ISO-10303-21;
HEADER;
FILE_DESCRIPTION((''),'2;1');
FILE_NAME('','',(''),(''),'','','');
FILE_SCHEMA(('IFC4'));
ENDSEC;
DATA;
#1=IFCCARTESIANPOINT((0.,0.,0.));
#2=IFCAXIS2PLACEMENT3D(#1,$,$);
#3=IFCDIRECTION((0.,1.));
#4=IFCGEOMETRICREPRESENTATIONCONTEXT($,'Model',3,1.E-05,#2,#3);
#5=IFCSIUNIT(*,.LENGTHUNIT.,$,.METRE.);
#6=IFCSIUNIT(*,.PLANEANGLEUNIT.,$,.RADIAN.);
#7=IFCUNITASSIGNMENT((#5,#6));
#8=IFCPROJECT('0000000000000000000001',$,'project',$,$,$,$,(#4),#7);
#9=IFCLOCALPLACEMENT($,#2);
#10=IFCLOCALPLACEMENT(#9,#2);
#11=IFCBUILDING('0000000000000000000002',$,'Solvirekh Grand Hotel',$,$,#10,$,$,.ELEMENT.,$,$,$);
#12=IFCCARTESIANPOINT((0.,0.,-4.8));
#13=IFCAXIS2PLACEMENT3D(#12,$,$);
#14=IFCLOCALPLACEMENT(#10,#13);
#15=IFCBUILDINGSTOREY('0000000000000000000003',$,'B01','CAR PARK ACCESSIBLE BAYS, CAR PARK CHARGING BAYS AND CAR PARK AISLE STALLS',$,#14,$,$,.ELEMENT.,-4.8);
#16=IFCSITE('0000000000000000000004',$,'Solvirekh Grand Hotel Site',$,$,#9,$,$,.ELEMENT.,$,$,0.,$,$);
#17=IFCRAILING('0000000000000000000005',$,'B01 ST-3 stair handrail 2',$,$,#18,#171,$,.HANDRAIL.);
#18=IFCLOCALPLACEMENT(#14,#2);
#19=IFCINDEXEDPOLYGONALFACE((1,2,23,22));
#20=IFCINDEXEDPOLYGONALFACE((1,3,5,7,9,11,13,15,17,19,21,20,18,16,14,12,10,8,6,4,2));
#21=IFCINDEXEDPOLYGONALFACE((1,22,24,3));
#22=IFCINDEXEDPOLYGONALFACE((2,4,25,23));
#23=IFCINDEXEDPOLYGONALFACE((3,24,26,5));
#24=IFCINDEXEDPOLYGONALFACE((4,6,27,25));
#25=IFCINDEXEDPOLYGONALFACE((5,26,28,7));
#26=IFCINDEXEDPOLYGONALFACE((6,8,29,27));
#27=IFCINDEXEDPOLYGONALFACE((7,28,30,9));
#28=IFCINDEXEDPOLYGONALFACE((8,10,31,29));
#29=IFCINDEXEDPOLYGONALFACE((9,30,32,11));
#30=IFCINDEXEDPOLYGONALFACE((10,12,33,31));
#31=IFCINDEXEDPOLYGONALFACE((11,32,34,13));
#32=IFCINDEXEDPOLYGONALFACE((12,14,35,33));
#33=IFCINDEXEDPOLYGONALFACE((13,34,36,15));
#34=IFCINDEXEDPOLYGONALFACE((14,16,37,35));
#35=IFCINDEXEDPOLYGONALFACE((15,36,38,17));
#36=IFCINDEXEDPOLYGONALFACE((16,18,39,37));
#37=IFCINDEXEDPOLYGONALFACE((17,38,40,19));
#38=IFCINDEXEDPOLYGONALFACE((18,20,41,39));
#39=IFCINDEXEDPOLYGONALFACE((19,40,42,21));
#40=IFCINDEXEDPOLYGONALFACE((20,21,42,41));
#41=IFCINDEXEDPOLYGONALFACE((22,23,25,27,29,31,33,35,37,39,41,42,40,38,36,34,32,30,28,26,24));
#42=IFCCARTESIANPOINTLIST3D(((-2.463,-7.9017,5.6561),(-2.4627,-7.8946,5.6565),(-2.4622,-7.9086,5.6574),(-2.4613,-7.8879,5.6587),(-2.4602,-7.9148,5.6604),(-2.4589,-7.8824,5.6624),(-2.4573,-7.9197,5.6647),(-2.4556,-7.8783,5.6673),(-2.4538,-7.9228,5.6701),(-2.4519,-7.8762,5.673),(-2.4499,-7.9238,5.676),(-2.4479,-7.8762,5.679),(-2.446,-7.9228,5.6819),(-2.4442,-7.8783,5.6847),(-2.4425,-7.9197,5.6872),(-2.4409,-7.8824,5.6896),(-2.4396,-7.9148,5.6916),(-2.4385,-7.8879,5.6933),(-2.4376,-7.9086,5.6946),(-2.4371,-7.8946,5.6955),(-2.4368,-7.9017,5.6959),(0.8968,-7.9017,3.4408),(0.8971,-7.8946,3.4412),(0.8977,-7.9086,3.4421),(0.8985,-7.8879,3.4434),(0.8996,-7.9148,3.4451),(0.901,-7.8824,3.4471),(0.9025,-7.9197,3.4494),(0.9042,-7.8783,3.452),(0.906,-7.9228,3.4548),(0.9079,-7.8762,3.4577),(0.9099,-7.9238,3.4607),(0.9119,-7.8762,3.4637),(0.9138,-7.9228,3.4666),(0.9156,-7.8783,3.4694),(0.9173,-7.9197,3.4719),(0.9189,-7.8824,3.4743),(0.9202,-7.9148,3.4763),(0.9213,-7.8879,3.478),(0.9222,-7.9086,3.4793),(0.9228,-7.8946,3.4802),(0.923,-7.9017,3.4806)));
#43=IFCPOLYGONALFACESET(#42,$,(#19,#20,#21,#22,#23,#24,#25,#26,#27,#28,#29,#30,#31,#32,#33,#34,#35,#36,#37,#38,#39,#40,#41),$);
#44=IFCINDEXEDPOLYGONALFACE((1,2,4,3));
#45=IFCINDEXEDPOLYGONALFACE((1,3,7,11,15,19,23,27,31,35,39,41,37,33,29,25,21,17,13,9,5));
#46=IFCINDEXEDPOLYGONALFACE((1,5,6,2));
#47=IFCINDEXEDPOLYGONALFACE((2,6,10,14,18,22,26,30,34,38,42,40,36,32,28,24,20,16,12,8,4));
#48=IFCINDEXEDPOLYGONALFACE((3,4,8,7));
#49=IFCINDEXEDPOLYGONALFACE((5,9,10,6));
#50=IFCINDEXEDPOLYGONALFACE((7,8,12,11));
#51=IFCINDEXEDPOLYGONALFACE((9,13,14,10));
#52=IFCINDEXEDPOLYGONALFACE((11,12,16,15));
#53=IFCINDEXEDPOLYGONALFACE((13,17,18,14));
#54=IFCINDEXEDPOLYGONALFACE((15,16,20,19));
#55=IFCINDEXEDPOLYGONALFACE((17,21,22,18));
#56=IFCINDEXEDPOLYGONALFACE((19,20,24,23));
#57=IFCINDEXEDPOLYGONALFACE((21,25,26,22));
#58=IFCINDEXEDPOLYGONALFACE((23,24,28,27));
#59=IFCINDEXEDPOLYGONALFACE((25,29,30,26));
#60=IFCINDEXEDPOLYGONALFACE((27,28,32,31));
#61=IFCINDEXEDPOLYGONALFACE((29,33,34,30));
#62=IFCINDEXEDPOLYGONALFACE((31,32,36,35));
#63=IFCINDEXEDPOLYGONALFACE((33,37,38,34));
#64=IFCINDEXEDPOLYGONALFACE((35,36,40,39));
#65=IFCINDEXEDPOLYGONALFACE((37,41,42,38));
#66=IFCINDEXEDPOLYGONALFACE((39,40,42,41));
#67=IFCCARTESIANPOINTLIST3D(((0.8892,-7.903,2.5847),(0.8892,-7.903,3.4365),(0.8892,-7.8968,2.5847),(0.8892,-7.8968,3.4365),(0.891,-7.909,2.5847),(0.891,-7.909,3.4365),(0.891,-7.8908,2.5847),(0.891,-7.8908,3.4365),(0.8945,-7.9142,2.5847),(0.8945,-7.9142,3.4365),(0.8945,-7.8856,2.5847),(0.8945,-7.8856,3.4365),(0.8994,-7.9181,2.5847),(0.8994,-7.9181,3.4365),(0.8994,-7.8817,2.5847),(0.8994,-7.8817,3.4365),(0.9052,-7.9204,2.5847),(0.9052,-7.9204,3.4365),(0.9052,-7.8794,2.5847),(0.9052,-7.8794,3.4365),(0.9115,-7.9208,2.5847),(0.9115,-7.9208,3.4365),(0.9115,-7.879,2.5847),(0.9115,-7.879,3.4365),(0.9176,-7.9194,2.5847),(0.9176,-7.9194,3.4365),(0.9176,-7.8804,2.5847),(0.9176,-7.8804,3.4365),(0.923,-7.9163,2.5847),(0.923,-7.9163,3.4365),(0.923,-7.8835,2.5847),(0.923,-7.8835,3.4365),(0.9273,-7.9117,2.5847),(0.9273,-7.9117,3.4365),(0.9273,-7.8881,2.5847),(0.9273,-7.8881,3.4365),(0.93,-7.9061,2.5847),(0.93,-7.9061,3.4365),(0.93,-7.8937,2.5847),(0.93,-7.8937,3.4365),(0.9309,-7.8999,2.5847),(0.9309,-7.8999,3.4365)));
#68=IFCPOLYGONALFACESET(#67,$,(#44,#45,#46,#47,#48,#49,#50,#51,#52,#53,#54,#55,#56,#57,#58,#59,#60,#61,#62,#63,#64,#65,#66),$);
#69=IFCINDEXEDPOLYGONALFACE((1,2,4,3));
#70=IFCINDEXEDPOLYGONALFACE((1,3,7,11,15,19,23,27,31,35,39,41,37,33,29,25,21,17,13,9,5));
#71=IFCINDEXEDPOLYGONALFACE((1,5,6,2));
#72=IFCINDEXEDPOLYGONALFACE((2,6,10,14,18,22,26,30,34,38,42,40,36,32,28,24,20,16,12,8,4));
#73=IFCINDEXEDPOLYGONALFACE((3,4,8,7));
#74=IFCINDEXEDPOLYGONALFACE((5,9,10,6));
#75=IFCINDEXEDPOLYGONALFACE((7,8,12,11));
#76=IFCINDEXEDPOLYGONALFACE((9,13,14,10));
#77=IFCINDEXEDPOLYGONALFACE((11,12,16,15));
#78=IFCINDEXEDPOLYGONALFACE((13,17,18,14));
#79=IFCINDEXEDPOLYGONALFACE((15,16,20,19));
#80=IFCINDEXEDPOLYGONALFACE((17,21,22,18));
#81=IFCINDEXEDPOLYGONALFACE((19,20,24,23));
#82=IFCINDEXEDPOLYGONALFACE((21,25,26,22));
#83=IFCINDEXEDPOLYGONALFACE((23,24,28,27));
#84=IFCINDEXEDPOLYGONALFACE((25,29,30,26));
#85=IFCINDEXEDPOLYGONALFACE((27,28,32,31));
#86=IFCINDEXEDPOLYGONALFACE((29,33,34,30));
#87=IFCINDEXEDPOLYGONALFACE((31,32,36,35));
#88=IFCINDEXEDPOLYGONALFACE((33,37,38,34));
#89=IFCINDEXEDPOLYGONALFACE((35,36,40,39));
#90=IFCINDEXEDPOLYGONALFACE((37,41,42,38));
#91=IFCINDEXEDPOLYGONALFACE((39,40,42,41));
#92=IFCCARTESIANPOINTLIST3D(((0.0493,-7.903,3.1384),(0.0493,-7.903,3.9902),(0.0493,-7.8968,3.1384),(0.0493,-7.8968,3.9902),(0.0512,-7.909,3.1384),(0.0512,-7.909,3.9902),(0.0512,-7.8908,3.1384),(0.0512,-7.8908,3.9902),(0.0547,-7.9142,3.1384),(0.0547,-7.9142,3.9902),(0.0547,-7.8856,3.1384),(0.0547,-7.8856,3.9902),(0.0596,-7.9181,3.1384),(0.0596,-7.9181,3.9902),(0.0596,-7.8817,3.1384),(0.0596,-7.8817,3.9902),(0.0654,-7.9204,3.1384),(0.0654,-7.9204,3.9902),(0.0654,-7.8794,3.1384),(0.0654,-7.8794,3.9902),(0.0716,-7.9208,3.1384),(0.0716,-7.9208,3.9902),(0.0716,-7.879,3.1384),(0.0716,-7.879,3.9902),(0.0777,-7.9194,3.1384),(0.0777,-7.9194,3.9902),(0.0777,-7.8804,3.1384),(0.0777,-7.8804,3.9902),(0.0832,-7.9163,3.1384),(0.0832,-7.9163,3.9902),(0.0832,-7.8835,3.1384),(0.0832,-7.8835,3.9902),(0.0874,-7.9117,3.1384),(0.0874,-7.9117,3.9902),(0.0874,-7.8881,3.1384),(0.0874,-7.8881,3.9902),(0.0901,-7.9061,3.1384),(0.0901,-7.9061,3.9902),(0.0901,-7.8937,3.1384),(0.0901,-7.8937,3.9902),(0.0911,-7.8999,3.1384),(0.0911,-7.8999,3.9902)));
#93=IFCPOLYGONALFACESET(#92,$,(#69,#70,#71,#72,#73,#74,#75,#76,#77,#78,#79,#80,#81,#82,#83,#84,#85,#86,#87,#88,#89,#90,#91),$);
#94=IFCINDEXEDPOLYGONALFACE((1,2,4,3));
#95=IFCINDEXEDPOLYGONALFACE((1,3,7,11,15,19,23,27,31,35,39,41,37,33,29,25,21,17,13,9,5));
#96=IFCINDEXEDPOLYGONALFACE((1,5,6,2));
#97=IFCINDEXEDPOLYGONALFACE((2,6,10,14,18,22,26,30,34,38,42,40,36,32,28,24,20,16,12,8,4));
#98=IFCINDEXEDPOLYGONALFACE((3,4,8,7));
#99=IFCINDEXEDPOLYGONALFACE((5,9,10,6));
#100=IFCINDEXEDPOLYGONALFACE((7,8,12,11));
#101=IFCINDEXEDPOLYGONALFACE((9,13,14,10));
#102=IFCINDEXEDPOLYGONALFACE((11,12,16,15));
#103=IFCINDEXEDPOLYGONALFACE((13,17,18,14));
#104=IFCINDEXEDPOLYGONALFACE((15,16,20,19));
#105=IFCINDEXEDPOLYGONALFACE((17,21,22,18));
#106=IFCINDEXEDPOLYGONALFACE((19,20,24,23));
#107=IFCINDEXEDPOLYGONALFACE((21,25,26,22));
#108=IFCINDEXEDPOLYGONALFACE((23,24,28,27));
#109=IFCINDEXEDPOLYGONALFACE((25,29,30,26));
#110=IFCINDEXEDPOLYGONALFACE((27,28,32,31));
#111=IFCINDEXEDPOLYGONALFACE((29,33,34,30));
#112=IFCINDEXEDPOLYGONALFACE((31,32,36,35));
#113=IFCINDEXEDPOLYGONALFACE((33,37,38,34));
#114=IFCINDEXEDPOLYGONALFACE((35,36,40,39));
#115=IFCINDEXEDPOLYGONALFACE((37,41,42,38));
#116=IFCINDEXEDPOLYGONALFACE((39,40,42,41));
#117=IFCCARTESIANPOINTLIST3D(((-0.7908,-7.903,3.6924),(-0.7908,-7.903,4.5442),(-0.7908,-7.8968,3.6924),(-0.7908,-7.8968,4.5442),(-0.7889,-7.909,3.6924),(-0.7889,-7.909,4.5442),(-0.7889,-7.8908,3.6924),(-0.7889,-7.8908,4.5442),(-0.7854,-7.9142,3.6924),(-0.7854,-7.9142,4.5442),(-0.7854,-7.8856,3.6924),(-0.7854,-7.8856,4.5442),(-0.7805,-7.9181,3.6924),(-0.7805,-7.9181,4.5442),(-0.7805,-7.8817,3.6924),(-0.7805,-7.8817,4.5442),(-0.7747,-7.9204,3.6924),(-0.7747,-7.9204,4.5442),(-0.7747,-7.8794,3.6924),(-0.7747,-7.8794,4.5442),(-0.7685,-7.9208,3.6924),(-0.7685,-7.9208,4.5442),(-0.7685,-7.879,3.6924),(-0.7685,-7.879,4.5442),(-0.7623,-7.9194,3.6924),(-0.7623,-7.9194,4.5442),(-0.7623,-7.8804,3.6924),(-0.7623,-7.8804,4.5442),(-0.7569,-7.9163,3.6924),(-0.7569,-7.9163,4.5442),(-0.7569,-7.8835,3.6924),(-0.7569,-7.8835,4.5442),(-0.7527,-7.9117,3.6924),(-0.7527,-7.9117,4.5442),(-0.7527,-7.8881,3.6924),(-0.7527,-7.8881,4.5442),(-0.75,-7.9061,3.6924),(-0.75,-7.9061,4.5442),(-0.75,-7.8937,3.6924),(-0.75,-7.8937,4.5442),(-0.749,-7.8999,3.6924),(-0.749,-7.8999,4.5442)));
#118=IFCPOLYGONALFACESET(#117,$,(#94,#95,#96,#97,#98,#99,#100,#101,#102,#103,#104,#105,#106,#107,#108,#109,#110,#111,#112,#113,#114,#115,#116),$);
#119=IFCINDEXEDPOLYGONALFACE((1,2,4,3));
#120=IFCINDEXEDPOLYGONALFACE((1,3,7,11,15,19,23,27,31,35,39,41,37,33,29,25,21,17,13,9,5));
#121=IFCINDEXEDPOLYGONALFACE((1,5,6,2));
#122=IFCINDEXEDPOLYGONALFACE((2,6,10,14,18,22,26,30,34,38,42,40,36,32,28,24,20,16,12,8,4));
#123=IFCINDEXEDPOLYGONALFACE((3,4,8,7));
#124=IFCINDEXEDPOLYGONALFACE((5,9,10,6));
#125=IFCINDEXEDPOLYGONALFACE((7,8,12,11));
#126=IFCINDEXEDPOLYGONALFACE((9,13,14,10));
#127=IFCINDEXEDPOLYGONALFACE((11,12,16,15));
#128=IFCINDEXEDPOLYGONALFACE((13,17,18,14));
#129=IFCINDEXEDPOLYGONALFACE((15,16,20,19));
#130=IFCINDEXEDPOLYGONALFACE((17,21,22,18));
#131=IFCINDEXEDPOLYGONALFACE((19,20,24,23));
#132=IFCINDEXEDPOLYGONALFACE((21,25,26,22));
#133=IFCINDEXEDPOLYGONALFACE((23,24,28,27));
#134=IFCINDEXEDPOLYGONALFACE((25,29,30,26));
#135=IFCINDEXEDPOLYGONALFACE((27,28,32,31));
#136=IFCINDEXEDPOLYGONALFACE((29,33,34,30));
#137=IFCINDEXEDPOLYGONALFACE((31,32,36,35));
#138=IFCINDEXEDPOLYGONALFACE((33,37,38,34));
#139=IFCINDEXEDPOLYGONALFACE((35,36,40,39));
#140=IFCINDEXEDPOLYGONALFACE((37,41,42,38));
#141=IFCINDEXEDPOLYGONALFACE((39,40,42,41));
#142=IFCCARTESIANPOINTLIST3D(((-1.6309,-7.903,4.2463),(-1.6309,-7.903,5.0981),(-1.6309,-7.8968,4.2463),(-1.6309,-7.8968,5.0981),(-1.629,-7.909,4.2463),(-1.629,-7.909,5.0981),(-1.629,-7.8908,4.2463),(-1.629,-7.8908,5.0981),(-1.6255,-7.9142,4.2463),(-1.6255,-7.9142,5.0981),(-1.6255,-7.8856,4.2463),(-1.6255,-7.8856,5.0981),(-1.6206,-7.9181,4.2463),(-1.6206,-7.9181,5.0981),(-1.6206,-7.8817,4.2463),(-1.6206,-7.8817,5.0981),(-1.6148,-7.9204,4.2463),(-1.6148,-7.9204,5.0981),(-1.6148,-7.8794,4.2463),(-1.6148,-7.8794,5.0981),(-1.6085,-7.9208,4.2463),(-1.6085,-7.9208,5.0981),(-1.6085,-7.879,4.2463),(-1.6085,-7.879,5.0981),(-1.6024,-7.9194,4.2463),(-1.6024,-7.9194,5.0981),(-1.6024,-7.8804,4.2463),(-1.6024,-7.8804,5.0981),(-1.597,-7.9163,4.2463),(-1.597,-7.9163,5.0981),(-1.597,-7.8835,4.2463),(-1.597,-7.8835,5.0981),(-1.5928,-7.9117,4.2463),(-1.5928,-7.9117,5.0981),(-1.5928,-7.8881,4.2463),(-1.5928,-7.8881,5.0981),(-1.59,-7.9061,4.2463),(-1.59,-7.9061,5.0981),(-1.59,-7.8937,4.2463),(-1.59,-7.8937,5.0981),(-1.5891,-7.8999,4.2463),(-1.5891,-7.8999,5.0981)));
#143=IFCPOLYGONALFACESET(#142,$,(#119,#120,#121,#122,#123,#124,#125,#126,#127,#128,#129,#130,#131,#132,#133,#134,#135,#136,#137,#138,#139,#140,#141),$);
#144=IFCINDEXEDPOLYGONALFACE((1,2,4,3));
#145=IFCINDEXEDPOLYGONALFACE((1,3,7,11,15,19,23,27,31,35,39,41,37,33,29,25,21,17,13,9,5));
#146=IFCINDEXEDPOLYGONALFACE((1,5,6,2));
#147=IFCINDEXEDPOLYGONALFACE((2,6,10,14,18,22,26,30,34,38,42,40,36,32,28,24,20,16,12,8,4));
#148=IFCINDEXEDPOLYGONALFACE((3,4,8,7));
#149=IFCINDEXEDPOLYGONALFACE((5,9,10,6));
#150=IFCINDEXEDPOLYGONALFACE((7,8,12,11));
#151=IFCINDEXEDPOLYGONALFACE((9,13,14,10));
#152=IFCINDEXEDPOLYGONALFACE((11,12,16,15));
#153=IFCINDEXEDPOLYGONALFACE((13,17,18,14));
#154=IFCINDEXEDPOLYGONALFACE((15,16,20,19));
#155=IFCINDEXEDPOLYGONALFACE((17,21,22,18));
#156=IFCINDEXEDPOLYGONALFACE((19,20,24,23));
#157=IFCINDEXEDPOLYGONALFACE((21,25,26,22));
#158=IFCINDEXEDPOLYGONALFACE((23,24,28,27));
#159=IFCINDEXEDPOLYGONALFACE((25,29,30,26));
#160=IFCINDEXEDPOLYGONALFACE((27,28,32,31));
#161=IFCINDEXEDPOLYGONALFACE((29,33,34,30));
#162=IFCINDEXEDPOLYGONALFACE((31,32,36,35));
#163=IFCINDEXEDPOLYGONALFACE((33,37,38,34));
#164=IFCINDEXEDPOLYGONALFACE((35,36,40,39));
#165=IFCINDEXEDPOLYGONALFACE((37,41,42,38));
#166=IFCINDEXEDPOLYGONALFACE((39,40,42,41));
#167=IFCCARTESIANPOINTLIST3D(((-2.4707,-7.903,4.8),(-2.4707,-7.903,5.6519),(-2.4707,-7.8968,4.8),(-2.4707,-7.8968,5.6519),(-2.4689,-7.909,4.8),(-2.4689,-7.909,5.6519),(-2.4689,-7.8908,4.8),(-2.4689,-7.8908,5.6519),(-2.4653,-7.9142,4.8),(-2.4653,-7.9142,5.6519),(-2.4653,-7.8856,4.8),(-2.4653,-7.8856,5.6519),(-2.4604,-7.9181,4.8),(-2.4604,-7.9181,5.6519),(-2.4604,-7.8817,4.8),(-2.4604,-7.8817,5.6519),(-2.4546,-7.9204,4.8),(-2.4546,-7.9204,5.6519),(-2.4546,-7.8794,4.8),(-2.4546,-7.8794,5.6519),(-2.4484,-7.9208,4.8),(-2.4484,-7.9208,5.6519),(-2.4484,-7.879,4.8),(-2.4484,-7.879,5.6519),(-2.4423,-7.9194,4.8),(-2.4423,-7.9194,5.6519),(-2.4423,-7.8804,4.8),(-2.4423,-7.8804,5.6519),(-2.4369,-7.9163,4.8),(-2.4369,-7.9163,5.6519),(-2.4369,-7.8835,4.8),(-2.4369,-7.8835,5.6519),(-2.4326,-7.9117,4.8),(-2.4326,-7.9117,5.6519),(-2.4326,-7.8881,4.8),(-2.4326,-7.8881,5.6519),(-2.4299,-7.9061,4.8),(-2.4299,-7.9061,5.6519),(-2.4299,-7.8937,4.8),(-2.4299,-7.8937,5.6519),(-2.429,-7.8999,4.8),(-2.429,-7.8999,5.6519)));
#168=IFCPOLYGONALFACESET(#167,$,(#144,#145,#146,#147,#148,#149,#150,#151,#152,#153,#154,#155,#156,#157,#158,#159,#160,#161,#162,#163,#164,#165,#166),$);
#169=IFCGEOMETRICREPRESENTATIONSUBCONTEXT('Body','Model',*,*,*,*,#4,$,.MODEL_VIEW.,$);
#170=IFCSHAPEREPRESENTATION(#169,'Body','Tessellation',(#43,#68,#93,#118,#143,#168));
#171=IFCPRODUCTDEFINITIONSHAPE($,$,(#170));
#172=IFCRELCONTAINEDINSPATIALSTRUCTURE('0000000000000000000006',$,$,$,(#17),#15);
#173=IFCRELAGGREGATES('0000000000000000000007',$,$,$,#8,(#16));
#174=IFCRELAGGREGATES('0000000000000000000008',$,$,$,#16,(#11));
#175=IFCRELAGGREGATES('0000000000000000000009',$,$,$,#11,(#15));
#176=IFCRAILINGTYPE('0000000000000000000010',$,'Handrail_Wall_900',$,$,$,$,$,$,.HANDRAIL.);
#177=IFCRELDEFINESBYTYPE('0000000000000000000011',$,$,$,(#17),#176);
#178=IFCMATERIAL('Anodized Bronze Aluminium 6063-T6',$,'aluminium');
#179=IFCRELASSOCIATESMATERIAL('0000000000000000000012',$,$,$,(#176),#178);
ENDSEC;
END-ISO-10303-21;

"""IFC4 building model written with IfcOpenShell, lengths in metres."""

from ifc_helpers import new_model, si_unit, direction, frame, origin, origin_2d, place, context, subcontext, project, spatial, circle, extrude, material, type_object, element, save


model = new_model("IFC4")

# Units and contexts
model_context = context("Model", 3, precision=1e-05, world=origin(), true_north=direction((0.0, 1.0)))
body_context = subcontext(model_context, "Body", "Model", "MODEL_VIEW")
ifc_project = project(units=[si_unit("LENGTHUNIT", "METRE"), si_unit("PLANEANGLEUNIT", "RADIAN")], contexts=[model_context])

# Site, building, storey
site_placement = place(None, origin())
site = spatial("IfcSite", under=ifc_project, at=site_placement, Name="Solvirekh Grand Hotel Site", CompositionType="ELEMENT", RefElevation=0.0)
building_placement = place(site_placement, origin())
building = spatial("IfcBuilding", under=site, at=building_placement, Name="Solvirekh Grand Hotel", CompositionType="ELEMENT")
storey_placement = place(building_placement, frame((0.0, 0.0, -4.8)))
storey = spatial("IfcBuildingStorey", under=building, at=storey_placement, Name="B01", Description="CAR PARK ACCESSIBLE BAYS, CAR PARK CHARGING BAYS AND CAR PARK AISLE STALLS", CompositionType="ELEMENT", Elevation=-4.8)

# Railing
ifc_material_1 = material(Name="Anodized Bronze Aluminium 6063-T6", Category="aluminium")
railing_type_1 = type_object("IfcRailingType", Name="Handrail_Wall_900", PredefinedType="HANDRAIL", material=ifc_material_1)
for number, where, name in (
    (1, (0.9099, -7.8999, 2.5847), "B01 ST-3 stair handrail 2"),
):
    element("IfcRailing", number, at=place(storey_placement, frame(where)), inside=storey, type_object=railing_type_1, Name=name, PredefinedType="HANDRAIL", context=body_context, shape_type="SweptSolid", body=[
        extrude(circle(Radius=0.0239, at=origin_2d()), frame((0.0, 0.0, 0.876), z_axis=(-0.834858, 0.0, 0.550465), x_axis=(0.0, -1.0, 0.0)), (0.0, 0.0, 1.0), 4.0244),
        extrude(circle(Radius=0.021, at=origin_2d()), origin(), (0.0, 0.0, 1.0), 0.8518),
        extrude(circle(Radius=0.021, at=origin_2d()), frame((-0.8398, 0.0, 0.5537)), (0.0, 0.0, 1.0), 0.8518),
        extrude(circle(Radius=0.021, at=origin_2d()), frame((-1.6799, 0.0, 1.1077)), (0.0, 0.0, 1.0), 0.8518),
        extrude(circle(Radius=0.021, at=origin_2d()), frame((-2.52, 0.0, 1.6616)), (0.0, 0.0, 1.0), 0.8518),
        extrude(circle(Radius=0.021, at=origin_2d()), frame((-3.3599, 0.0, 2.2153)), (0.0, 0.0, 1.0), 0.8518),
    ])

save(model, "model.ifc")
